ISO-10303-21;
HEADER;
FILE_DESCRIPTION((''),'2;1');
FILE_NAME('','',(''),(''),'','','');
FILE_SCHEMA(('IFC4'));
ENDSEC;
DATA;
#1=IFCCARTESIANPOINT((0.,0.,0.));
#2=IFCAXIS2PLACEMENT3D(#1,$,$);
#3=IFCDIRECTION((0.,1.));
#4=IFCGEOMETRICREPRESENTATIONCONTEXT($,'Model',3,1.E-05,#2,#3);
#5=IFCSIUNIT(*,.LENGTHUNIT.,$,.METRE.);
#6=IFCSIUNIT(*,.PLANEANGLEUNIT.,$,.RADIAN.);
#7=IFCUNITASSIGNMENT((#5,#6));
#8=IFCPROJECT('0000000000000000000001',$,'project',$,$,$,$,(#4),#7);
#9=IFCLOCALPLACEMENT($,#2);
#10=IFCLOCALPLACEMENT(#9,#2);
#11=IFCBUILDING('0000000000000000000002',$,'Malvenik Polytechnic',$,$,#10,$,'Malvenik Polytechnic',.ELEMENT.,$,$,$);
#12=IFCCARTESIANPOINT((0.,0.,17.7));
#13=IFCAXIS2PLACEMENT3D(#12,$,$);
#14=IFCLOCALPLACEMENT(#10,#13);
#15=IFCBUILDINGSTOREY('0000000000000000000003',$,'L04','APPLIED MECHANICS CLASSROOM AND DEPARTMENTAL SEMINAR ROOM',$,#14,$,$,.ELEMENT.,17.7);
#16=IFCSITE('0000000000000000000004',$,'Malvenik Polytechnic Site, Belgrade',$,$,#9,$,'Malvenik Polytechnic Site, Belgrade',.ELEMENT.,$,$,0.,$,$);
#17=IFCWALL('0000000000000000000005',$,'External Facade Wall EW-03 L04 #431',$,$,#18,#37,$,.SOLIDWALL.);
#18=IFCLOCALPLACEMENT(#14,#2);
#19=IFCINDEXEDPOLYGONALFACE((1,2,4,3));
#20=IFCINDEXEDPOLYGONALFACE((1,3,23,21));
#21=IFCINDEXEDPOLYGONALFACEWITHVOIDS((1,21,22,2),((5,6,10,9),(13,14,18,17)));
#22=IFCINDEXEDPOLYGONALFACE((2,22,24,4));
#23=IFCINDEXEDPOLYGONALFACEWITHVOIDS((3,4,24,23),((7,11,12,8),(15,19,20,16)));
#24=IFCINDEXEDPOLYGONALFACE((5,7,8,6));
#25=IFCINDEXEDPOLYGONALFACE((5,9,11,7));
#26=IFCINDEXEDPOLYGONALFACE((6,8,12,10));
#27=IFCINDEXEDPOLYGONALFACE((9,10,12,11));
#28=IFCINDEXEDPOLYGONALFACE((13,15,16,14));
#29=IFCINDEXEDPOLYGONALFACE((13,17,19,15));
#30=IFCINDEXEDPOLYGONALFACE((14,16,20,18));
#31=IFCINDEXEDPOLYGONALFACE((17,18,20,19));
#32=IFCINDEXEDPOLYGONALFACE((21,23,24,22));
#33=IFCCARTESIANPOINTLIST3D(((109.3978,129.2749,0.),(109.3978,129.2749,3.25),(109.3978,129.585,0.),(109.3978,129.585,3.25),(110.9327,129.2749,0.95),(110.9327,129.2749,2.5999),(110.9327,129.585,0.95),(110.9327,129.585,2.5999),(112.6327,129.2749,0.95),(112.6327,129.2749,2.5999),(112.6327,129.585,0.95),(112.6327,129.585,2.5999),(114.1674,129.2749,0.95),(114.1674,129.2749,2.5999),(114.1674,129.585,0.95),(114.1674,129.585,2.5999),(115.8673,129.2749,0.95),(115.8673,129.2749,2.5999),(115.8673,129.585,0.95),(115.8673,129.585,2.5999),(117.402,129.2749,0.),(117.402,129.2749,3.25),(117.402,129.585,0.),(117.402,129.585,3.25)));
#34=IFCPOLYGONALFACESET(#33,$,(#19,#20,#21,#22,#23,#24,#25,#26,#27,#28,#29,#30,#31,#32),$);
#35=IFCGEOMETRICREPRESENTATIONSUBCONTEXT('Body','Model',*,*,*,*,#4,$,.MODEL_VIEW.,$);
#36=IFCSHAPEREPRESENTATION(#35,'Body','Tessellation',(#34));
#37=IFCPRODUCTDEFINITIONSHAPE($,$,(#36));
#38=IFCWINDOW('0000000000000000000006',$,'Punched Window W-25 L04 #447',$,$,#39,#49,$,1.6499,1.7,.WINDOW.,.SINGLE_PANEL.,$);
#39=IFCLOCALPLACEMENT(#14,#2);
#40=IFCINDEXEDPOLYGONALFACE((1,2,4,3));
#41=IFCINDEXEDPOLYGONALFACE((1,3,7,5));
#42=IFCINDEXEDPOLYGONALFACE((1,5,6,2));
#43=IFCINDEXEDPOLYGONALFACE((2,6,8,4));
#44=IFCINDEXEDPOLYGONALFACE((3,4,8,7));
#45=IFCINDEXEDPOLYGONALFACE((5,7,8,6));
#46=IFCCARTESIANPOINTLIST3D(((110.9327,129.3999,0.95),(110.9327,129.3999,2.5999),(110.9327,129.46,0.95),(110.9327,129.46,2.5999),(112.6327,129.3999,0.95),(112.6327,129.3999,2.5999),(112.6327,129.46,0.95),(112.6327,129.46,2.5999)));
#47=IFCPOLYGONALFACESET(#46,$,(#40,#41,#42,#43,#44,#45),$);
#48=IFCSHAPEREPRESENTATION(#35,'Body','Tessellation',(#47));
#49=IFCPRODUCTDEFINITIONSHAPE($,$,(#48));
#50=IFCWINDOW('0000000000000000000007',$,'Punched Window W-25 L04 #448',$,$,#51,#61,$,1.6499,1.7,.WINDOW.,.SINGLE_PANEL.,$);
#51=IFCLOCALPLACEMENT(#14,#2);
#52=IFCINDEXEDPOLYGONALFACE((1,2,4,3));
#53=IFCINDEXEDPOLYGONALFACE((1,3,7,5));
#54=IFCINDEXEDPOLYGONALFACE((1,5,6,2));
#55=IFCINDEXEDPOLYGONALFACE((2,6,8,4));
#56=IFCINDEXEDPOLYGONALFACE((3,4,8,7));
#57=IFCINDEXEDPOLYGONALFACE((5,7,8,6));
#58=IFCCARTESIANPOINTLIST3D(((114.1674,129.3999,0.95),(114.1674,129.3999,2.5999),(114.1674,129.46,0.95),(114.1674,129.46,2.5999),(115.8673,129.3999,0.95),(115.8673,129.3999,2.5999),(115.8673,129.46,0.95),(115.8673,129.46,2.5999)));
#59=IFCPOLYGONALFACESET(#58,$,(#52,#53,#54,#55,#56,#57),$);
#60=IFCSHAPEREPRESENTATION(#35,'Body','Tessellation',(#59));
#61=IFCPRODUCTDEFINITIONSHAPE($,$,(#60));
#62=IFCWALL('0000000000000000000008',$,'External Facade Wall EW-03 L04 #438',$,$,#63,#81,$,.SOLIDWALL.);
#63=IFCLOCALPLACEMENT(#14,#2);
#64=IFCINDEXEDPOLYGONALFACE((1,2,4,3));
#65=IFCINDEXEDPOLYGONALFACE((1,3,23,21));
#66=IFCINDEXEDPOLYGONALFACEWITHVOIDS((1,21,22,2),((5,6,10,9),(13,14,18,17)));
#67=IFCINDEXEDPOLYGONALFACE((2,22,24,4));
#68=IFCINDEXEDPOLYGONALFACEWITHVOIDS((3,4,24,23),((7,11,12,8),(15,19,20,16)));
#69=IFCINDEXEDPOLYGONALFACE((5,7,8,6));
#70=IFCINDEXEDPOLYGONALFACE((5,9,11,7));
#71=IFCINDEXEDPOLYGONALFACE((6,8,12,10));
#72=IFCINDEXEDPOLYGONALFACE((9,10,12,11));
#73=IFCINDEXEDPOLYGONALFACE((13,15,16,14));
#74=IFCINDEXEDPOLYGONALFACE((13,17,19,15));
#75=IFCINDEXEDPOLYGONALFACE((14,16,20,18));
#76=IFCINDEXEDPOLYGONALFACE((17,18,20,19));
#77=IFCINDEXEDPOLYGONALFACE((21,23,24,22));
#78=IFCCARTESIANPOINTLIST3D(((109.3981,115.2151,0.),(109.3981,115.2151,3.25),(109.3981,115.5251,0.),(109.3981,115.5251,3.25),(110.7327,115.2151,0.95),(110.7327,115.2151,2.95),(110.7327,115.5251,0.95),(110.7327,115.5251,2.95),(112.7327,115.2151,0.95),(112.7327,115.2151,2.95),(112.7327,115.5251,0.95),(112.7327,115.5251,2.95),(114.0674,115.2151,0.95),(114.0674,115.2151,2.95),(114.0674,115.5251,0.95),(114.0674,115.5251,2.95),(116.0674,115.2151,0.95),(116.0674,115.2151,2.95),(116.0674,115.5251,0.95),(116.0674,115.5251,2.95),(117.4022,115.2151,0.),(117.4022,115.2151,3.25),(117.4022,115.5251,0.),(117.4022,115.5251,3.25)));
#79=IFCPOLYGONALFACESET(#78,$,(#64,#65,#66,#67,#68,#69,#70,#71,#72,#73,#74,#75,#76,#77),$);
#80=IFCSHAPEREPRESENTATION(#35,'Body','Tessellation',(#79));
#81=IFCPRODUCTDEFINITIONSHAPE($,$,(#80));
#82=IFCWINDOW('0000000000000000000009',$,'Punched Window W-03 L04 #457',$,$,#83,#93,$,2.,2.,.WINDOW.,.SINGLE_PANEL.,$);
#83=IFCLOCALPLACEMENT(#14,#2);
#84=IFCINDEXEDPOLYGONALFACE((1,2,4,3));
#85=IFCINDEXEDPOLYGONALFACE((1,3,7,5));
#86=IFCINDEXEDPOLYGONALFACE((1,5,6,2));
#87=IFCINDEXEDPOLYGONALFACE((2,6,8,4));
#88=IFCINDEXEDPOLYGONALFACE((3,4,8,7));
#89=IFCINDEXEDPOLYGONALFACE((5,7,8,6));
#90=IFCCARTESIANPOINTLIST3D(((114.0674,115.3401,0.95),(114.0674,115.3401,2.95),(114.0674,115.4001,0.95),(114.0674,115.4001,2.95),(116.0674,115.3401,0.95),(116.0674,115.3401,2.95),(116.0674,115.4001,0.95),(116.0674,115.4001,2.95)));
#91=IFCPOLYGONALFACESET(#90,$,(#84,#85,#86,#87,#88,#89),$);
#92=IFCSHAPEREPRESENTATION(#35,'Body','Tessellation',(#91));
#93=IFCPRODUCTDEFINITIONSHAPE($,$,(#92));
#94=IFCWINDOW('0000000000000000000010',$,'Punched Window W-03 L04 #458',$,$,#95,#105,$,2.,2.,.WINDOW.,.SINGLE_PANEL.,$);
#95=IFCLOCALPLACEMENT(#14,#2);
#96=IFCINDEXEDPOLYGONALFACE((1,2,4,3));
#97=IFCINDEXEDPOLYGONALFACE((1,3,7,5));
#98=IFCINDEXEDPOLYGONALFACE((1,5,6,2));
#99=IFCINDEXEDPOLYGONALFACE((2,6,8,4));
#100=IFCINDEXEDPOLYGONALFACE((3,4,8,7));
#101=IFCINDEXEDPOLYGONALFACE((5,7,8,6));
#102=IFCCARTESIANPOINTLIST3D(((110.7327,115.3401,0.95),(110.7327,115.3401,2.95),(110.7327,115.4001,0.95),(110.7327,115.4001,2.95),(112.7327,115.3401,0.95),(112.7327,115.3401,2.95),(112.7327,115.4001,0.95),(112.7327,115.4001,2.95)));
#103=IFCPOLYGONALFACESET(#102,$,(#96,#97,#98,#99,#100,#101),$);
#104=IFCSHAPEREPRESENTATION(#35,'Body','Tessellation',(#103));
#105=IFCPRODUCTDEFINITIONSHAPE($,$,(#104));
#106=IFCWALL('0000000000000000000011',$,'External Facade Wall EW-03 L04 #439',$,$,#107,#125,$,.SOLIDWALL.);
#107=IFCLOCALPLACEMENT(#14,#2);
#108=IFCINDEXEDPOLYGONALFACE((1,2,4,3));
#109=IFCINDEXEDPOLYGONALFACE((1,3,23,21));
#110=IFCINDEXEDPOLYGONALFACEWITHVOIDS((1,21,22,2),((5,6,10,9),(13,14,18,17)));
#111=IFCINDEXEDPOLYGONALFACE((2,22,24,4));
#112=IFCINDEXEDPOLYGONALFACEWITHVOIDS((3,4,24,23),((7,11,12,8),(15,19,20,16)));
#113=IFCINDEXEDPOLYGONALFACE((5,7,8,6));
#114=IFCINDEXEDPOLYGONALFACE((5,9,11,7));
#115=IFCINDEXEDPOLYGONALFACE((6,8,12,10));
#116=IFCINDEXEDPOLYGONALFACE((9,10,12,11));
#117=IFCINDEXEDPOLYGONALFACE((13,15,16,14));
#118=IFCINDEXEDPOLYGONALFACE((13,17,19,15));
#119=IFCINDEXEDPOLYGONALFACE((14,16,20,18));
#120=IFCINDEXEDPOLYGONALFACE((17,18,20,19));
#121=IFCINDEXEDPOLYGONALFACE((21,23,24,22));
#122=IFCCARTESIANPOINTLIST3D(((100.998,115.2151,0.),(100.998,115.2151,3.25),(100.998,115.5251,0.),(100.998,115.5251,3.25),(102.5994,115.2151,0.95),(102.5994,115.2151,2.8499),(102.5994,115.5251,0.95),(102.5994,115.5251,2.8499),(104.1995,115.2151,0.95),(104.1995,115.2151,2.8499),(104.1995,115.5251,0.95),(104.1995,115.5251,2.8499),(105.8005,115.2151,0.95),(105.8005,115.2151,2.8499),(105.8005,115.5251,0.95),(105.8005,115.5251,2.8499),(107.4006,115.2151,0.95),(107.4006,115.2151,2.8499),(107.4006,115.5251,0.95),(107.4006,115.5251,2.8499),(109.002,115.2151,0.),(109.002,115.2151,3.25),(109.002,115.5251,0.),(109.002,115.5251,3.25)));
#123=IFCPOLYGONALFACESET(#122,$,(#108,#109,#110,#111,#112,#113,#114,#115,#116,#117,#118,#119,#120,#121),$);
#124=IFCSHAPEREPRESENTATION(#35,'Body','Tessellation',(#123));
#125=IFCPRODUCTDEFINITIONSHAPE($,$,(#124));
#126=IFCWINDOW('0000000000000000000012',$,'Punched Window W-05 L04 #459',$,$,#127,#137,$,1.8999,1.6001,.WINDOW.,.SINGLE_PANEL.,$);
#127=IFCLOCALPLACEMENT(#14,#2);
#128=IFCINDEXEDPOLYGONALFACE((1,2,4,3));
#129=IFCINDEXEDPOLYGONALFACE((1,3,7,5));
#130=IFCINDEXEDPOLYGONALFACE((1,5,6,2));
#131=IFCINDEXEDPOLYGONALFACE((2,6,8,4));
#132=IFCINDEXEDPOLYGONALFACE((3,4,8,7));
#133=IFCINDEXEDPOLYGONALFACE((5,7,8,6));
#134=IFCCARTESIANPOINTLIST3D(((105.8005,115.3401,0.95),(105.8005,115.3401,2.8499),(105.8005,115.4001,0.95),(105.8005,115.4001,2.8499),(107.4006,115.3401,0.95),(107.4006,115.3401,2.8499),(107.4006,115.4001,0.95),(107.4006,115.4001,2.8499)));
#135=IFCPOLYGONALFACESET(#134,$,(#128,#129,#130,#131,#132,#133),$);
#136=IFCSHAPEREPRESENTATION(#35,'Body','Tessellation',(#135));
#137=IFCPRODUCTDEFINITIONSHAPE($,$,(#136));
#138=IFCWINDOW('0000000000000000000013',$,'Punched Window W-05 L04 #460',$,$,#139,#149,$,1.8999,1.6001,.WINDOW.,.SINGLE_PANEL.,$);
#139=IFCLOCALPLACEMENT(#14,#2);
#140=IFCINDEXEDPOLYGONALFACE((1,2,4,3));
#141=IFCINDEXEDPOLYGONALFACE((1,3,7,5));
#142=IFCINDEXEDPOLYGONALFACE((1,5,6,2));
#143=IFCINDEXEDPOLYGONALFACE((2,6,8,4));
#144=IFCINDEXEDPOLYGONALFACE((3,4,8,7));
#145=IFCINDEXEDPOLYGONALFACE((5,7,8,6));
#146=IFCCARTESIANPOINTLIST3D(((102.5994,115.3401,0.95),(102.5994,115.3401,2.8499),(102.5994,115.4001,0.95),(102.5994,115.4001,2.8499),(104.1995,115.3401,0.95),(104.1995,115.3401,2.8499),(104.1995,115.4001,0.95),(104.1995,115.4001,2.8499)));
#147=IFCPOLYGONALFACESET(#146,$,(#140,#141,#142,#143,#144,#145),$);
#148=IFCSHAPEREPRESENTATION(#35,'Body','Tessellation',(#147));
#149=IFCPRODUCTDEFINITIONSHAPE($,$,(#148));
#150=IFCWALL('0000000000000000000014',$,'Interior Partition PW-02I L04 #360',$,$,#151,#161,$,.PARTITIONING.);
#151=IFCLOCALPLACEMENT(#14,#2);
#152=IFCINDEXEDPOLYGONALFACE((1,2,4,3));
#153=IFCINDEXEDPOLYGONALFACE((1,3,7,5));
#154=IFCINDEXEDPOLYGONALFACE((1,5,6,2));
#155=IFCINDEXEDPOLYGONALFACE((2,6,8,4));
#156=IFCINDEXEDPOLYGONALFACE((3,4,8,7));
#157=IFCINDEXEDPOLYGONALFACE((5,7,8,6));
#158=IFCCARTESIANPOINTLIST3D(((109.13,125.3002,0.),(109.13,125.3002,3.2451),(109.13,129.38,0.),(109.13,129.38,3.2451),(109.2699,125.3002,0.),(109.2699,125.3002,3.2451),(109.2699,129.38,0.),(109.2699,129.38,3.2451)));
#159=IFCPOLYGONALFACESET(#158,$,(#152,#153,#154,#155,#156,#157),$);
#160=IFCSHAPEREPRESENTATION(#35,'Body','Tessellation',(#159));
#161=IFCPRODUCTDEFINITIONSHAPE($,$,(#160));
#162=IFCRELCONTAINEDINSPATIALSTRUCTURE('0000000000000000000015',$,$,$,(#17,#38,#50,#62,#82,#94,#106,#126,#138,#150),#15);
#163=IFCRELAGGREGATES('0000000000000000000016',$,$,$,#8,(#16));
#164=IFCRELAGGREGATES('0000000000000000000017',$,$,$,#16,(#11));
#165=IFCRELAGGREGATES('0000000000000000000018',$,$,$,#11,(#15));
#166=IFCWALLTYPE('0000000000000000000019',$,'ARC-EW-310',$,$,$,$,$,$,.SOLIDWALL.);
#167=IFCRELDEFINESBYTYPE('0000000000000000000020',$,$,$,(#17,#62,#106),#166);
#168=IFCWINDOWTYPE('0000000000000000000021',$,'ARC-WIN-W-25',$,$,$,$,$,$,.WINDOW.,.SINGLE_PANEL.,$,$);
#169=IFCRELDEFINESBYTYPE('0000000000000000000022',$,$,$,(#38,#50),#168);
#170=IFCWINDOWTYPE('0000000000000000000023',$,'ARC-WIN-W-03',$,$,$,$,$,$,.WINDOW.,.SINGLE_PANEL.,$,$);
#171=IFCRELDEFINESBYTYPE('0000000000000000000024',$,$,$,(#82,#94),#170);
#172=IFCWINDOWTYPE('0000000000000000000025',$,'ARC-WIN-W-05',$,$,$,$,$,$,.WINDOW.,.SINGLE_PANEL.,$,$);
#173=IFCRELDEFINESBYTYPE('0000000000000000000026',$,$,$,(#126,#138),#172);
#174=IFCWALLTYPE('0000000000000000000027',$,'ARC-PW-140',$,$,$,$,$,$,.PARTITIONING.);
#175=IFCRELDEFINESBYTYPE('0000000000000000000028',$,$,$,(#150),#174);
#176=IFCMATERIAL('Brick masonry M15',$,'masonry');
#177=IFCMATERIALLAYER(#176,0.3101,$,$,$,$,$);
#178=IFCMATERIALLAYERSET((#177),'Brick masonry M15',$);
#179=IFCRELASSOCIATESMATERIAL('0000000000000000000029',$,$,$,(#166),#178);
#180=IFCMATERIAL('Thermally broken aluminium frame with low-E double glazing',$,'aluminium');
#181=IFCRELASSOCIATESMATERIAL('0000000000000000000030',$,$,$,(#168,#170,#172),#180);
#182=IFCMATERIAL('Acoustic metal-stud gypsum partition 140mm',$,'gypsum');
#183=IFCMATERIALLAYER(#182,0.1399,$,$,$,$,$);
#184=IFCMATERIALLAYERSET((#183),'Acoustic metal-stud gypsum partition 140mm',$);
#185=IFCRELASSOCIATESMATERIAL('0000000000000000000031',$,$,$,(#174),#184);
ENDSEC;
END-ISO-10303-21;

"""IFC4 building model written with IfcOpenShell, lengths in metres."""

from ifc_helpers import new_model, si_unit, direction, frame, frame_2d, origin, place, context, subcontext, project, spatial, rectangle, extrude, material, layer, layer_set, type_object, element, fill, save


model = new_model("IFC4")

# Units and contexts
model_context = context("Model", 3, precision=1e-05, world=origin(), true_north=direction((0.0, 1.0)))
body_context = subcontext(model_context, "Body", "Model", "MODEL_VIEW")
ifc_project = project(units=[si_unit("LENGTHUNIT", "METRE"), si_unit("PLANEANGLEUNIT", "RADIAN")], contexts=[model_context])

# Site, building, storey
site_placement = place(None, origin())
site = spatial("IfcSite", under=ifc_project, at=site_placement, Name="Malvenik Polytechnic Site, Belgrade", LongName="Malvenik Polytechnic Site, Belgrade", CompositionType="ELEMENT", RefElevation=0.0)
building_placement = place(site_placement, origin())
building = spatial("IfcBuilding", under=site, at=building_placement, Name="Malvenik Polytechnic", LongName="Malvenik Polytechnic", CompositionType="ELEMENT")
storey_placement = place(building_placement, frame((0.0, 0.0, 17.7)))
storey = spatial("IfcBuildingStorey", under=building, at=storey_placement, Name="L04", Description="APPLIED MECHANICS CLASSROOM AND DEPARTMENTAL SEMINAR ROOM", CompositionType="ELEMENT", Elevation=17.7)

# Walls, openings, windows
ifc_material_1 = material(Name="Brick masonry M15", Category="masonry")
ifc_layer_1 = layer(ifc_material_1, 0.3101)
ifc_layer_set_1 = layer_set([ifc_layer_1], Name="Brick masonry M15")
wall_type_1 = type_object("IfcWallType", Name="ARC-EW-310", PredefinedType="SOLIDWALL", material=ifc_layer_set_1)
wall_1_placement = place(storey_placement, frame((109.3979, 129.4299, 0.0), z_axis=(0.0, 0.0, 1.0), x_axis=(1.0, 0.0, 0.0)))
wall_1 = element("IfcWall", 1, at=wall_1_placement, inside=storey, type_object=wall_type_1, Name="External Facade Wall EW-03 L04 #431", PredefinedType="SOLIDWALL", context=body_context, shape_type="SweptSolid", body=[
    extrude(rectangle(XDim=8.0042, YDim=0.3101, at=frame_2d((4.002, 0.0))), origin(), (0.0, 0.0, 1.0), 3.25),
])
opening_1_placement = place(wall_1_placement, frame((1.5347, 0.0, 0.95)))
opening_1 = element("IfcOpeningElement", 2, at=opening_1_placement, cuts=wall_1, PredefinedType="OPENING", context=body_context, shape_type="SweptSolid", body=[
    extrude(rectangle(XDim=1.7, YDim=1.6499, at=frame_2d((0.8501, 0.825))), frame((0.0, 0.165, 0.0), z_axis=(0.0, -1.0, 0.0), x_axis=(1.0, 0.0, 0.0)), (0.0, 0.0, 1.0), 0.3301),
])
opening_2_placement = place(wall_1_placement, frame((4.7693, 0.0, 0.95)))
opening_2 = element("IfcOpeningElement", 3, at=opening_2_placement, cuts=wall_1, PredefinedType="OPENING", context=body_context, shape_type="SweptSolid", body=[
    extrude(rectangle(XDim=1.7, YDim=1.6499, at=frame_2d((0.8501, 0.825))), frame((0.0, 0.165, 0.0), z_axis=(0.0, -1.0, 0.0), x_axis=(1.0, 0.0, 0.0)), (0.0, 0.0, 1.0), 0.3301),
])
ifc_material_2 = material(Name="Thermally broken aluminium frame with low-E double glazing", Category="aluminium")
window_type_1 = type_object("IfcWindowType", Name="ARC-WIN-W-25", PartitioningType="SINGLE_PANEL", PredefinedType="WINDOW", material=ifc_material_2)
window_1_placement = place(opening_1_placement, origin())
window_1 = element("IfcWindow", 4, at=window_1_placement, inside=storey, type_object=window_type_1, Name="Punched Window W-25 L04 #447", OverallHeight=1.6499, OverallWidth=1.7, PartitioningType="SINGLE_PANEL", PredefinedType="WINDOW", context=body_context, shape_type="SweptSolid", body=[
    extrude(rectangle(XDim=1.7, YDim=1.6499, at=frame_2d((0.8501, 0.825))), frame((0.0, 0.03, 0.0), z_axis=(0.0, -1.0, 0.0), x_axis=(1.0, 0.0, 0.0)), (0.0, 0.0, 1.0), 0.0601),
])
fill(opening_1, window_1)
window_2_placement = place(opening_2_placement, origin())
window_2 = element("IfcWindow", 5, at=window_2_placement, inside=storey, type_object=window_type_1, Name="Punched Window W-25 L04 #448", OverallHeight=1.6499, OverallWidth=1.7, PartitioningType="SINGLE_PANEL", PredefinedType="WINDOW", context=body_context, shape_type="SweptSolid", body=[
    extrude(rectangle(XDim=1.7, YDim=1.6499, at=frame_2d((0.8501, 0.825))), frame((0.0, 0.03, 0.0), z_axis=(0.0, -1.0, 0.0), x_axis=(1.0, 0.0, 0.0)), (0.0, 0.0, 1.0), 0.0601),
])
fill(opening_2, window_2)
wall_2_placement = place(storey_placement, frame((117.4021, 115.3701, 0.0), z_axis=(0.0, 0.0, 1.0), x_axis=(-1.0, 0.0, 0.0)))
wall_2 = element("IfcWall", 6, at=wall_2_placement, inside=storey, type_object=wall_type_1, Name="External Facade Wall EW-03 L04 #438", PredefinedType="SOLIDWALL", context=body_context, shape_type="SweptSolid", body=[
    extrude(rectangle(XDim=8.0042, YDim=0.3101, at=frame_2d((4.002, 0.0))), origin(), (0.0, 0.0, 1.0), 3.25),
])
opening_3_placement = place(wall_2_placement, frame((1.3347, 0.0, 0.95)))
opening_3 = element("IfcOpeningElement", 7, at=opening_3_placement, cuts=wall_2, PredefinedType="OPENING", context=body_context, shape_type="SweptSolid", body=[
    extrude(rectangle(XDim=2.0, YDim=2.0, at=frame_2d((1.0, 1.0))), frame((0.0, 0.165, 0.0), z_axis=(0.0, -1.0, 0.0), x_axis=(1.0, 0.0, 0.0)), (0.0, 0.0, 1.0), 0.3301),
])
opening_4_placement = place(wall_2_placement, frame((4.6694, 0.0, 0.95)))
opening_4 = element("IfcOpeningElement", 8, at=opening_4_placement, cuts=wall_2, PredefinedType="OPENING", context=body_context, shape_type="SweptSolid", body=[
    extrude(rectangle(XDim=2.0, YDim=2.0, at=frame_2d((1.0, 1.0))), frame((0.0, 0.165, 0.0), z_axis=(0.0, -1.0, 0.0), x_axis=(1.0, 0.0, 0.0)), (0.0, 0.0, 1.0), 0.3301),
])
window_type_2 = type_object("IfcWindowType", Name="ARC-WIN-W-03", PartitioningType="SINGLE_PANEL", PredefinedType="WINDOW", material=ifc_material_2)
window_3_placement = place(opening_3_placement, origin())
window_3 = element("IfcWindow", 9, at=window_3_placement, inside=storey, type_object=window_type_2, Name="Punched Window W-03 L04 #457", OverallHeight=2.0, OverallWidth=2.0, PartitioningType="SINGLE_PANEL", PredefinedType="WINDOW", context=body_context, shape_type="SweptSolid", body=[
    extrude(rectangle(XDim=2.0, YDim=2.0, at=frame_2d((1.0, 1.0))), frame((0.0, 0.03, 0.0), z_axis=(0.0, -1.0, 0.0), x_axis=(1.0, 0.0, 0.0)), (0.0, 0.0, 1.0), 0.0601),
])
fill(opening_3, window_3)
window_4_placement = place(opening_4_placement, origin())
window_4 = element("IfcWindow", 10, at=window_4_placement, inside=storey, type_object=window_type_2, Name="Punched Window W-03 L04 #458", OverallHeight=2.0, OverallWidth=2.0, PartitioningType="SINGLE_PANEL", PredefinedType="WINDOW", context=body_context, shape_type="SweptSolid", body=[
    extrude(rectangle(XDim=2.0, YDim=2.0, at=frame_2d((1.0, 1.0))), frame((0.0, 0.03, 0.0), z_axis=(0.0, -1.0, 0.0), x_axis=(1.0, 0.0, 0.0)), (0.0, 0.0, 1.0), 0.0601),
])
fill(opening_4, window_4)
wall_3_placement = place(storey_placement, frame((109.002, 115.3701, 0.0), z_axis=(0.0, 0.0, 1.0), x_axis=(-1.0, 0.0, 0.0)))
wall_3 = element("IfcWall", 11, at=wall_3_placement, inside=storey, type_object=wall_type_1, Name="External Facade Wall EW-03 L04 #439", PredefinedType="SOLIDWALL", context=body_context, shape_type="SweptSolid", body=[
    extrude(rectangle(XDim=8.0039, YDim=0.3101, at=frame_2d((4.002, 0.0))), origin(), (0.0, 0.0, 1.0), 3.25),
])
opening_5_placement = place(wall_3_placement, frame((1.6013, 0.0, 0.95)))
opening_5 = element("IfcOpeningElement", 12, at=opening_5_placement, cuts=wall_3, PredefinedType="OPENING", context=body_context, shape_type="SweptSolid", body=[
    extrude(rectangle(XDim=1.6001, YDim=1.8999, at=frame_2d((0.8, 0.95))), frame((0.0, 0.165, 0.0), z_axis=(0.0, -1.0, 0.0), x_axis=(1.0, 0.0, 0.0)), (0.0, 0.0, 1.0), 0.3301),
])
opening_6_placement = place(wall_3_placement, frame((4.8025, 0.0, 0.95)))
opening_6 = element("IfcOpeningElement", 13, at=opening_6_placement, cuts=wall_3, PredefinedType="OPENING", context=body_context, shape_type="SweptSolid", body=[
    extrude(rectangle(XDim=1.6001, YDim=1.8999, at=frame_2d((0.8, 0.95))), frame((0.0, 0.165, 0.0), z_axis=(0.0, -1.0, 0.0), x_axis=(1.0, 0.0, 0.0)), (0.0, 0.0, 1.0), 0.3301),
])
window_type_3 = type_object("IfcWindowType", Name="ARC-WIN-W-05", PartitioningType="SINGLE_PANEL", PredefinedType="WINDOW", material=ifc_material_2)
window_5_placement = place(opening_5_placement, origin())
window_5 = element("IfcWindow", 14, at=window_5_placement, inside=storey, type_object=window_type_3, Name="Punched Window W-05 L04 #459", OverallHeight=1.8999, OverallWidth=1.6001, PartitioningType="SINGLE_PANEL", PredefinedType="WINDOW", context=body_context, shape_type="SweptSolid", body=[
    extrude(rectangle(XDim=1.6001, YDim=1.8999, at=frame_2d((0.8, 0.95))), frame((0.0, 0.03, 0.0), z_axis=(0.0, -1.0, 0.0), x_axis=(1.0, 0.0, 0.0)), (0.0, 0.0, 1.0), 0.0601),
])
fill(opening_5, window_5)
window_6_placement = place(opening_6_placement, origin())
window_6 = element("IfcWindow", 15, at=window_6_placement, inside=storey, type_object=window_type_3, Name="Punched Window W-05 L04 #460", OverallHeight=1.8999, OverallWidth=1.6001, PartitioningType="SINGLE_PANEL", PredefinedType="WINDOW", context=body_context, shape_type="SweptSolid", body=[
    extrude(rectangle(XDim=1.6001, YDim=1.8999, at=frame_2d((0.8, 0.95))), frame((0.0, 0.03, 0.0), z_axis=(0.0, -1.0, 0.0), x_axis=(1.0, 0.0, 0.0)), (0.0, 0.0, 1.0), 0.0601),
])
fill(opening_6, window_6)

# Wall
ifc_material_3 = material(Name="Acoustic metal-stud gypsum partition 140mm", Category="gypsum")
ifc_layer_2 = layer(ifc_material_3, 0.1399)
ifc_layer_set_2 = layer_set([ifc_layer_2], Name="Acoustic metal-stud gypsum partition 140mm")
wall_type_2 = type_object("IfcWallType", Name="ARC-PW-140", PredefinedType="PARTITIONING", material=ifc_layer_set_2)
wall_4_placement = place(storey_placement, frame((109.2, 125.3, 0.0), z_axis=(0.0, 0.0, 1.0), x_axis=(0.0, 1.0, 0.0)))
element("IfcWall", 16, at=wall_4_placement, inside=storey, type_object=wall_type_2, Name="Interior Partition PW-02I L04 #360", PredefinedType="PARTITIONING", context=body_context, shape_type="SweptSolid", body=[
    extrude(rectangle(XDim=4.0798, YDim=0.1399, at=frame_2d((2.04, 0.0))), origin(), (0.0, 0.0, 1.0), 3.2451),
])

save(model, "model.ifc")
